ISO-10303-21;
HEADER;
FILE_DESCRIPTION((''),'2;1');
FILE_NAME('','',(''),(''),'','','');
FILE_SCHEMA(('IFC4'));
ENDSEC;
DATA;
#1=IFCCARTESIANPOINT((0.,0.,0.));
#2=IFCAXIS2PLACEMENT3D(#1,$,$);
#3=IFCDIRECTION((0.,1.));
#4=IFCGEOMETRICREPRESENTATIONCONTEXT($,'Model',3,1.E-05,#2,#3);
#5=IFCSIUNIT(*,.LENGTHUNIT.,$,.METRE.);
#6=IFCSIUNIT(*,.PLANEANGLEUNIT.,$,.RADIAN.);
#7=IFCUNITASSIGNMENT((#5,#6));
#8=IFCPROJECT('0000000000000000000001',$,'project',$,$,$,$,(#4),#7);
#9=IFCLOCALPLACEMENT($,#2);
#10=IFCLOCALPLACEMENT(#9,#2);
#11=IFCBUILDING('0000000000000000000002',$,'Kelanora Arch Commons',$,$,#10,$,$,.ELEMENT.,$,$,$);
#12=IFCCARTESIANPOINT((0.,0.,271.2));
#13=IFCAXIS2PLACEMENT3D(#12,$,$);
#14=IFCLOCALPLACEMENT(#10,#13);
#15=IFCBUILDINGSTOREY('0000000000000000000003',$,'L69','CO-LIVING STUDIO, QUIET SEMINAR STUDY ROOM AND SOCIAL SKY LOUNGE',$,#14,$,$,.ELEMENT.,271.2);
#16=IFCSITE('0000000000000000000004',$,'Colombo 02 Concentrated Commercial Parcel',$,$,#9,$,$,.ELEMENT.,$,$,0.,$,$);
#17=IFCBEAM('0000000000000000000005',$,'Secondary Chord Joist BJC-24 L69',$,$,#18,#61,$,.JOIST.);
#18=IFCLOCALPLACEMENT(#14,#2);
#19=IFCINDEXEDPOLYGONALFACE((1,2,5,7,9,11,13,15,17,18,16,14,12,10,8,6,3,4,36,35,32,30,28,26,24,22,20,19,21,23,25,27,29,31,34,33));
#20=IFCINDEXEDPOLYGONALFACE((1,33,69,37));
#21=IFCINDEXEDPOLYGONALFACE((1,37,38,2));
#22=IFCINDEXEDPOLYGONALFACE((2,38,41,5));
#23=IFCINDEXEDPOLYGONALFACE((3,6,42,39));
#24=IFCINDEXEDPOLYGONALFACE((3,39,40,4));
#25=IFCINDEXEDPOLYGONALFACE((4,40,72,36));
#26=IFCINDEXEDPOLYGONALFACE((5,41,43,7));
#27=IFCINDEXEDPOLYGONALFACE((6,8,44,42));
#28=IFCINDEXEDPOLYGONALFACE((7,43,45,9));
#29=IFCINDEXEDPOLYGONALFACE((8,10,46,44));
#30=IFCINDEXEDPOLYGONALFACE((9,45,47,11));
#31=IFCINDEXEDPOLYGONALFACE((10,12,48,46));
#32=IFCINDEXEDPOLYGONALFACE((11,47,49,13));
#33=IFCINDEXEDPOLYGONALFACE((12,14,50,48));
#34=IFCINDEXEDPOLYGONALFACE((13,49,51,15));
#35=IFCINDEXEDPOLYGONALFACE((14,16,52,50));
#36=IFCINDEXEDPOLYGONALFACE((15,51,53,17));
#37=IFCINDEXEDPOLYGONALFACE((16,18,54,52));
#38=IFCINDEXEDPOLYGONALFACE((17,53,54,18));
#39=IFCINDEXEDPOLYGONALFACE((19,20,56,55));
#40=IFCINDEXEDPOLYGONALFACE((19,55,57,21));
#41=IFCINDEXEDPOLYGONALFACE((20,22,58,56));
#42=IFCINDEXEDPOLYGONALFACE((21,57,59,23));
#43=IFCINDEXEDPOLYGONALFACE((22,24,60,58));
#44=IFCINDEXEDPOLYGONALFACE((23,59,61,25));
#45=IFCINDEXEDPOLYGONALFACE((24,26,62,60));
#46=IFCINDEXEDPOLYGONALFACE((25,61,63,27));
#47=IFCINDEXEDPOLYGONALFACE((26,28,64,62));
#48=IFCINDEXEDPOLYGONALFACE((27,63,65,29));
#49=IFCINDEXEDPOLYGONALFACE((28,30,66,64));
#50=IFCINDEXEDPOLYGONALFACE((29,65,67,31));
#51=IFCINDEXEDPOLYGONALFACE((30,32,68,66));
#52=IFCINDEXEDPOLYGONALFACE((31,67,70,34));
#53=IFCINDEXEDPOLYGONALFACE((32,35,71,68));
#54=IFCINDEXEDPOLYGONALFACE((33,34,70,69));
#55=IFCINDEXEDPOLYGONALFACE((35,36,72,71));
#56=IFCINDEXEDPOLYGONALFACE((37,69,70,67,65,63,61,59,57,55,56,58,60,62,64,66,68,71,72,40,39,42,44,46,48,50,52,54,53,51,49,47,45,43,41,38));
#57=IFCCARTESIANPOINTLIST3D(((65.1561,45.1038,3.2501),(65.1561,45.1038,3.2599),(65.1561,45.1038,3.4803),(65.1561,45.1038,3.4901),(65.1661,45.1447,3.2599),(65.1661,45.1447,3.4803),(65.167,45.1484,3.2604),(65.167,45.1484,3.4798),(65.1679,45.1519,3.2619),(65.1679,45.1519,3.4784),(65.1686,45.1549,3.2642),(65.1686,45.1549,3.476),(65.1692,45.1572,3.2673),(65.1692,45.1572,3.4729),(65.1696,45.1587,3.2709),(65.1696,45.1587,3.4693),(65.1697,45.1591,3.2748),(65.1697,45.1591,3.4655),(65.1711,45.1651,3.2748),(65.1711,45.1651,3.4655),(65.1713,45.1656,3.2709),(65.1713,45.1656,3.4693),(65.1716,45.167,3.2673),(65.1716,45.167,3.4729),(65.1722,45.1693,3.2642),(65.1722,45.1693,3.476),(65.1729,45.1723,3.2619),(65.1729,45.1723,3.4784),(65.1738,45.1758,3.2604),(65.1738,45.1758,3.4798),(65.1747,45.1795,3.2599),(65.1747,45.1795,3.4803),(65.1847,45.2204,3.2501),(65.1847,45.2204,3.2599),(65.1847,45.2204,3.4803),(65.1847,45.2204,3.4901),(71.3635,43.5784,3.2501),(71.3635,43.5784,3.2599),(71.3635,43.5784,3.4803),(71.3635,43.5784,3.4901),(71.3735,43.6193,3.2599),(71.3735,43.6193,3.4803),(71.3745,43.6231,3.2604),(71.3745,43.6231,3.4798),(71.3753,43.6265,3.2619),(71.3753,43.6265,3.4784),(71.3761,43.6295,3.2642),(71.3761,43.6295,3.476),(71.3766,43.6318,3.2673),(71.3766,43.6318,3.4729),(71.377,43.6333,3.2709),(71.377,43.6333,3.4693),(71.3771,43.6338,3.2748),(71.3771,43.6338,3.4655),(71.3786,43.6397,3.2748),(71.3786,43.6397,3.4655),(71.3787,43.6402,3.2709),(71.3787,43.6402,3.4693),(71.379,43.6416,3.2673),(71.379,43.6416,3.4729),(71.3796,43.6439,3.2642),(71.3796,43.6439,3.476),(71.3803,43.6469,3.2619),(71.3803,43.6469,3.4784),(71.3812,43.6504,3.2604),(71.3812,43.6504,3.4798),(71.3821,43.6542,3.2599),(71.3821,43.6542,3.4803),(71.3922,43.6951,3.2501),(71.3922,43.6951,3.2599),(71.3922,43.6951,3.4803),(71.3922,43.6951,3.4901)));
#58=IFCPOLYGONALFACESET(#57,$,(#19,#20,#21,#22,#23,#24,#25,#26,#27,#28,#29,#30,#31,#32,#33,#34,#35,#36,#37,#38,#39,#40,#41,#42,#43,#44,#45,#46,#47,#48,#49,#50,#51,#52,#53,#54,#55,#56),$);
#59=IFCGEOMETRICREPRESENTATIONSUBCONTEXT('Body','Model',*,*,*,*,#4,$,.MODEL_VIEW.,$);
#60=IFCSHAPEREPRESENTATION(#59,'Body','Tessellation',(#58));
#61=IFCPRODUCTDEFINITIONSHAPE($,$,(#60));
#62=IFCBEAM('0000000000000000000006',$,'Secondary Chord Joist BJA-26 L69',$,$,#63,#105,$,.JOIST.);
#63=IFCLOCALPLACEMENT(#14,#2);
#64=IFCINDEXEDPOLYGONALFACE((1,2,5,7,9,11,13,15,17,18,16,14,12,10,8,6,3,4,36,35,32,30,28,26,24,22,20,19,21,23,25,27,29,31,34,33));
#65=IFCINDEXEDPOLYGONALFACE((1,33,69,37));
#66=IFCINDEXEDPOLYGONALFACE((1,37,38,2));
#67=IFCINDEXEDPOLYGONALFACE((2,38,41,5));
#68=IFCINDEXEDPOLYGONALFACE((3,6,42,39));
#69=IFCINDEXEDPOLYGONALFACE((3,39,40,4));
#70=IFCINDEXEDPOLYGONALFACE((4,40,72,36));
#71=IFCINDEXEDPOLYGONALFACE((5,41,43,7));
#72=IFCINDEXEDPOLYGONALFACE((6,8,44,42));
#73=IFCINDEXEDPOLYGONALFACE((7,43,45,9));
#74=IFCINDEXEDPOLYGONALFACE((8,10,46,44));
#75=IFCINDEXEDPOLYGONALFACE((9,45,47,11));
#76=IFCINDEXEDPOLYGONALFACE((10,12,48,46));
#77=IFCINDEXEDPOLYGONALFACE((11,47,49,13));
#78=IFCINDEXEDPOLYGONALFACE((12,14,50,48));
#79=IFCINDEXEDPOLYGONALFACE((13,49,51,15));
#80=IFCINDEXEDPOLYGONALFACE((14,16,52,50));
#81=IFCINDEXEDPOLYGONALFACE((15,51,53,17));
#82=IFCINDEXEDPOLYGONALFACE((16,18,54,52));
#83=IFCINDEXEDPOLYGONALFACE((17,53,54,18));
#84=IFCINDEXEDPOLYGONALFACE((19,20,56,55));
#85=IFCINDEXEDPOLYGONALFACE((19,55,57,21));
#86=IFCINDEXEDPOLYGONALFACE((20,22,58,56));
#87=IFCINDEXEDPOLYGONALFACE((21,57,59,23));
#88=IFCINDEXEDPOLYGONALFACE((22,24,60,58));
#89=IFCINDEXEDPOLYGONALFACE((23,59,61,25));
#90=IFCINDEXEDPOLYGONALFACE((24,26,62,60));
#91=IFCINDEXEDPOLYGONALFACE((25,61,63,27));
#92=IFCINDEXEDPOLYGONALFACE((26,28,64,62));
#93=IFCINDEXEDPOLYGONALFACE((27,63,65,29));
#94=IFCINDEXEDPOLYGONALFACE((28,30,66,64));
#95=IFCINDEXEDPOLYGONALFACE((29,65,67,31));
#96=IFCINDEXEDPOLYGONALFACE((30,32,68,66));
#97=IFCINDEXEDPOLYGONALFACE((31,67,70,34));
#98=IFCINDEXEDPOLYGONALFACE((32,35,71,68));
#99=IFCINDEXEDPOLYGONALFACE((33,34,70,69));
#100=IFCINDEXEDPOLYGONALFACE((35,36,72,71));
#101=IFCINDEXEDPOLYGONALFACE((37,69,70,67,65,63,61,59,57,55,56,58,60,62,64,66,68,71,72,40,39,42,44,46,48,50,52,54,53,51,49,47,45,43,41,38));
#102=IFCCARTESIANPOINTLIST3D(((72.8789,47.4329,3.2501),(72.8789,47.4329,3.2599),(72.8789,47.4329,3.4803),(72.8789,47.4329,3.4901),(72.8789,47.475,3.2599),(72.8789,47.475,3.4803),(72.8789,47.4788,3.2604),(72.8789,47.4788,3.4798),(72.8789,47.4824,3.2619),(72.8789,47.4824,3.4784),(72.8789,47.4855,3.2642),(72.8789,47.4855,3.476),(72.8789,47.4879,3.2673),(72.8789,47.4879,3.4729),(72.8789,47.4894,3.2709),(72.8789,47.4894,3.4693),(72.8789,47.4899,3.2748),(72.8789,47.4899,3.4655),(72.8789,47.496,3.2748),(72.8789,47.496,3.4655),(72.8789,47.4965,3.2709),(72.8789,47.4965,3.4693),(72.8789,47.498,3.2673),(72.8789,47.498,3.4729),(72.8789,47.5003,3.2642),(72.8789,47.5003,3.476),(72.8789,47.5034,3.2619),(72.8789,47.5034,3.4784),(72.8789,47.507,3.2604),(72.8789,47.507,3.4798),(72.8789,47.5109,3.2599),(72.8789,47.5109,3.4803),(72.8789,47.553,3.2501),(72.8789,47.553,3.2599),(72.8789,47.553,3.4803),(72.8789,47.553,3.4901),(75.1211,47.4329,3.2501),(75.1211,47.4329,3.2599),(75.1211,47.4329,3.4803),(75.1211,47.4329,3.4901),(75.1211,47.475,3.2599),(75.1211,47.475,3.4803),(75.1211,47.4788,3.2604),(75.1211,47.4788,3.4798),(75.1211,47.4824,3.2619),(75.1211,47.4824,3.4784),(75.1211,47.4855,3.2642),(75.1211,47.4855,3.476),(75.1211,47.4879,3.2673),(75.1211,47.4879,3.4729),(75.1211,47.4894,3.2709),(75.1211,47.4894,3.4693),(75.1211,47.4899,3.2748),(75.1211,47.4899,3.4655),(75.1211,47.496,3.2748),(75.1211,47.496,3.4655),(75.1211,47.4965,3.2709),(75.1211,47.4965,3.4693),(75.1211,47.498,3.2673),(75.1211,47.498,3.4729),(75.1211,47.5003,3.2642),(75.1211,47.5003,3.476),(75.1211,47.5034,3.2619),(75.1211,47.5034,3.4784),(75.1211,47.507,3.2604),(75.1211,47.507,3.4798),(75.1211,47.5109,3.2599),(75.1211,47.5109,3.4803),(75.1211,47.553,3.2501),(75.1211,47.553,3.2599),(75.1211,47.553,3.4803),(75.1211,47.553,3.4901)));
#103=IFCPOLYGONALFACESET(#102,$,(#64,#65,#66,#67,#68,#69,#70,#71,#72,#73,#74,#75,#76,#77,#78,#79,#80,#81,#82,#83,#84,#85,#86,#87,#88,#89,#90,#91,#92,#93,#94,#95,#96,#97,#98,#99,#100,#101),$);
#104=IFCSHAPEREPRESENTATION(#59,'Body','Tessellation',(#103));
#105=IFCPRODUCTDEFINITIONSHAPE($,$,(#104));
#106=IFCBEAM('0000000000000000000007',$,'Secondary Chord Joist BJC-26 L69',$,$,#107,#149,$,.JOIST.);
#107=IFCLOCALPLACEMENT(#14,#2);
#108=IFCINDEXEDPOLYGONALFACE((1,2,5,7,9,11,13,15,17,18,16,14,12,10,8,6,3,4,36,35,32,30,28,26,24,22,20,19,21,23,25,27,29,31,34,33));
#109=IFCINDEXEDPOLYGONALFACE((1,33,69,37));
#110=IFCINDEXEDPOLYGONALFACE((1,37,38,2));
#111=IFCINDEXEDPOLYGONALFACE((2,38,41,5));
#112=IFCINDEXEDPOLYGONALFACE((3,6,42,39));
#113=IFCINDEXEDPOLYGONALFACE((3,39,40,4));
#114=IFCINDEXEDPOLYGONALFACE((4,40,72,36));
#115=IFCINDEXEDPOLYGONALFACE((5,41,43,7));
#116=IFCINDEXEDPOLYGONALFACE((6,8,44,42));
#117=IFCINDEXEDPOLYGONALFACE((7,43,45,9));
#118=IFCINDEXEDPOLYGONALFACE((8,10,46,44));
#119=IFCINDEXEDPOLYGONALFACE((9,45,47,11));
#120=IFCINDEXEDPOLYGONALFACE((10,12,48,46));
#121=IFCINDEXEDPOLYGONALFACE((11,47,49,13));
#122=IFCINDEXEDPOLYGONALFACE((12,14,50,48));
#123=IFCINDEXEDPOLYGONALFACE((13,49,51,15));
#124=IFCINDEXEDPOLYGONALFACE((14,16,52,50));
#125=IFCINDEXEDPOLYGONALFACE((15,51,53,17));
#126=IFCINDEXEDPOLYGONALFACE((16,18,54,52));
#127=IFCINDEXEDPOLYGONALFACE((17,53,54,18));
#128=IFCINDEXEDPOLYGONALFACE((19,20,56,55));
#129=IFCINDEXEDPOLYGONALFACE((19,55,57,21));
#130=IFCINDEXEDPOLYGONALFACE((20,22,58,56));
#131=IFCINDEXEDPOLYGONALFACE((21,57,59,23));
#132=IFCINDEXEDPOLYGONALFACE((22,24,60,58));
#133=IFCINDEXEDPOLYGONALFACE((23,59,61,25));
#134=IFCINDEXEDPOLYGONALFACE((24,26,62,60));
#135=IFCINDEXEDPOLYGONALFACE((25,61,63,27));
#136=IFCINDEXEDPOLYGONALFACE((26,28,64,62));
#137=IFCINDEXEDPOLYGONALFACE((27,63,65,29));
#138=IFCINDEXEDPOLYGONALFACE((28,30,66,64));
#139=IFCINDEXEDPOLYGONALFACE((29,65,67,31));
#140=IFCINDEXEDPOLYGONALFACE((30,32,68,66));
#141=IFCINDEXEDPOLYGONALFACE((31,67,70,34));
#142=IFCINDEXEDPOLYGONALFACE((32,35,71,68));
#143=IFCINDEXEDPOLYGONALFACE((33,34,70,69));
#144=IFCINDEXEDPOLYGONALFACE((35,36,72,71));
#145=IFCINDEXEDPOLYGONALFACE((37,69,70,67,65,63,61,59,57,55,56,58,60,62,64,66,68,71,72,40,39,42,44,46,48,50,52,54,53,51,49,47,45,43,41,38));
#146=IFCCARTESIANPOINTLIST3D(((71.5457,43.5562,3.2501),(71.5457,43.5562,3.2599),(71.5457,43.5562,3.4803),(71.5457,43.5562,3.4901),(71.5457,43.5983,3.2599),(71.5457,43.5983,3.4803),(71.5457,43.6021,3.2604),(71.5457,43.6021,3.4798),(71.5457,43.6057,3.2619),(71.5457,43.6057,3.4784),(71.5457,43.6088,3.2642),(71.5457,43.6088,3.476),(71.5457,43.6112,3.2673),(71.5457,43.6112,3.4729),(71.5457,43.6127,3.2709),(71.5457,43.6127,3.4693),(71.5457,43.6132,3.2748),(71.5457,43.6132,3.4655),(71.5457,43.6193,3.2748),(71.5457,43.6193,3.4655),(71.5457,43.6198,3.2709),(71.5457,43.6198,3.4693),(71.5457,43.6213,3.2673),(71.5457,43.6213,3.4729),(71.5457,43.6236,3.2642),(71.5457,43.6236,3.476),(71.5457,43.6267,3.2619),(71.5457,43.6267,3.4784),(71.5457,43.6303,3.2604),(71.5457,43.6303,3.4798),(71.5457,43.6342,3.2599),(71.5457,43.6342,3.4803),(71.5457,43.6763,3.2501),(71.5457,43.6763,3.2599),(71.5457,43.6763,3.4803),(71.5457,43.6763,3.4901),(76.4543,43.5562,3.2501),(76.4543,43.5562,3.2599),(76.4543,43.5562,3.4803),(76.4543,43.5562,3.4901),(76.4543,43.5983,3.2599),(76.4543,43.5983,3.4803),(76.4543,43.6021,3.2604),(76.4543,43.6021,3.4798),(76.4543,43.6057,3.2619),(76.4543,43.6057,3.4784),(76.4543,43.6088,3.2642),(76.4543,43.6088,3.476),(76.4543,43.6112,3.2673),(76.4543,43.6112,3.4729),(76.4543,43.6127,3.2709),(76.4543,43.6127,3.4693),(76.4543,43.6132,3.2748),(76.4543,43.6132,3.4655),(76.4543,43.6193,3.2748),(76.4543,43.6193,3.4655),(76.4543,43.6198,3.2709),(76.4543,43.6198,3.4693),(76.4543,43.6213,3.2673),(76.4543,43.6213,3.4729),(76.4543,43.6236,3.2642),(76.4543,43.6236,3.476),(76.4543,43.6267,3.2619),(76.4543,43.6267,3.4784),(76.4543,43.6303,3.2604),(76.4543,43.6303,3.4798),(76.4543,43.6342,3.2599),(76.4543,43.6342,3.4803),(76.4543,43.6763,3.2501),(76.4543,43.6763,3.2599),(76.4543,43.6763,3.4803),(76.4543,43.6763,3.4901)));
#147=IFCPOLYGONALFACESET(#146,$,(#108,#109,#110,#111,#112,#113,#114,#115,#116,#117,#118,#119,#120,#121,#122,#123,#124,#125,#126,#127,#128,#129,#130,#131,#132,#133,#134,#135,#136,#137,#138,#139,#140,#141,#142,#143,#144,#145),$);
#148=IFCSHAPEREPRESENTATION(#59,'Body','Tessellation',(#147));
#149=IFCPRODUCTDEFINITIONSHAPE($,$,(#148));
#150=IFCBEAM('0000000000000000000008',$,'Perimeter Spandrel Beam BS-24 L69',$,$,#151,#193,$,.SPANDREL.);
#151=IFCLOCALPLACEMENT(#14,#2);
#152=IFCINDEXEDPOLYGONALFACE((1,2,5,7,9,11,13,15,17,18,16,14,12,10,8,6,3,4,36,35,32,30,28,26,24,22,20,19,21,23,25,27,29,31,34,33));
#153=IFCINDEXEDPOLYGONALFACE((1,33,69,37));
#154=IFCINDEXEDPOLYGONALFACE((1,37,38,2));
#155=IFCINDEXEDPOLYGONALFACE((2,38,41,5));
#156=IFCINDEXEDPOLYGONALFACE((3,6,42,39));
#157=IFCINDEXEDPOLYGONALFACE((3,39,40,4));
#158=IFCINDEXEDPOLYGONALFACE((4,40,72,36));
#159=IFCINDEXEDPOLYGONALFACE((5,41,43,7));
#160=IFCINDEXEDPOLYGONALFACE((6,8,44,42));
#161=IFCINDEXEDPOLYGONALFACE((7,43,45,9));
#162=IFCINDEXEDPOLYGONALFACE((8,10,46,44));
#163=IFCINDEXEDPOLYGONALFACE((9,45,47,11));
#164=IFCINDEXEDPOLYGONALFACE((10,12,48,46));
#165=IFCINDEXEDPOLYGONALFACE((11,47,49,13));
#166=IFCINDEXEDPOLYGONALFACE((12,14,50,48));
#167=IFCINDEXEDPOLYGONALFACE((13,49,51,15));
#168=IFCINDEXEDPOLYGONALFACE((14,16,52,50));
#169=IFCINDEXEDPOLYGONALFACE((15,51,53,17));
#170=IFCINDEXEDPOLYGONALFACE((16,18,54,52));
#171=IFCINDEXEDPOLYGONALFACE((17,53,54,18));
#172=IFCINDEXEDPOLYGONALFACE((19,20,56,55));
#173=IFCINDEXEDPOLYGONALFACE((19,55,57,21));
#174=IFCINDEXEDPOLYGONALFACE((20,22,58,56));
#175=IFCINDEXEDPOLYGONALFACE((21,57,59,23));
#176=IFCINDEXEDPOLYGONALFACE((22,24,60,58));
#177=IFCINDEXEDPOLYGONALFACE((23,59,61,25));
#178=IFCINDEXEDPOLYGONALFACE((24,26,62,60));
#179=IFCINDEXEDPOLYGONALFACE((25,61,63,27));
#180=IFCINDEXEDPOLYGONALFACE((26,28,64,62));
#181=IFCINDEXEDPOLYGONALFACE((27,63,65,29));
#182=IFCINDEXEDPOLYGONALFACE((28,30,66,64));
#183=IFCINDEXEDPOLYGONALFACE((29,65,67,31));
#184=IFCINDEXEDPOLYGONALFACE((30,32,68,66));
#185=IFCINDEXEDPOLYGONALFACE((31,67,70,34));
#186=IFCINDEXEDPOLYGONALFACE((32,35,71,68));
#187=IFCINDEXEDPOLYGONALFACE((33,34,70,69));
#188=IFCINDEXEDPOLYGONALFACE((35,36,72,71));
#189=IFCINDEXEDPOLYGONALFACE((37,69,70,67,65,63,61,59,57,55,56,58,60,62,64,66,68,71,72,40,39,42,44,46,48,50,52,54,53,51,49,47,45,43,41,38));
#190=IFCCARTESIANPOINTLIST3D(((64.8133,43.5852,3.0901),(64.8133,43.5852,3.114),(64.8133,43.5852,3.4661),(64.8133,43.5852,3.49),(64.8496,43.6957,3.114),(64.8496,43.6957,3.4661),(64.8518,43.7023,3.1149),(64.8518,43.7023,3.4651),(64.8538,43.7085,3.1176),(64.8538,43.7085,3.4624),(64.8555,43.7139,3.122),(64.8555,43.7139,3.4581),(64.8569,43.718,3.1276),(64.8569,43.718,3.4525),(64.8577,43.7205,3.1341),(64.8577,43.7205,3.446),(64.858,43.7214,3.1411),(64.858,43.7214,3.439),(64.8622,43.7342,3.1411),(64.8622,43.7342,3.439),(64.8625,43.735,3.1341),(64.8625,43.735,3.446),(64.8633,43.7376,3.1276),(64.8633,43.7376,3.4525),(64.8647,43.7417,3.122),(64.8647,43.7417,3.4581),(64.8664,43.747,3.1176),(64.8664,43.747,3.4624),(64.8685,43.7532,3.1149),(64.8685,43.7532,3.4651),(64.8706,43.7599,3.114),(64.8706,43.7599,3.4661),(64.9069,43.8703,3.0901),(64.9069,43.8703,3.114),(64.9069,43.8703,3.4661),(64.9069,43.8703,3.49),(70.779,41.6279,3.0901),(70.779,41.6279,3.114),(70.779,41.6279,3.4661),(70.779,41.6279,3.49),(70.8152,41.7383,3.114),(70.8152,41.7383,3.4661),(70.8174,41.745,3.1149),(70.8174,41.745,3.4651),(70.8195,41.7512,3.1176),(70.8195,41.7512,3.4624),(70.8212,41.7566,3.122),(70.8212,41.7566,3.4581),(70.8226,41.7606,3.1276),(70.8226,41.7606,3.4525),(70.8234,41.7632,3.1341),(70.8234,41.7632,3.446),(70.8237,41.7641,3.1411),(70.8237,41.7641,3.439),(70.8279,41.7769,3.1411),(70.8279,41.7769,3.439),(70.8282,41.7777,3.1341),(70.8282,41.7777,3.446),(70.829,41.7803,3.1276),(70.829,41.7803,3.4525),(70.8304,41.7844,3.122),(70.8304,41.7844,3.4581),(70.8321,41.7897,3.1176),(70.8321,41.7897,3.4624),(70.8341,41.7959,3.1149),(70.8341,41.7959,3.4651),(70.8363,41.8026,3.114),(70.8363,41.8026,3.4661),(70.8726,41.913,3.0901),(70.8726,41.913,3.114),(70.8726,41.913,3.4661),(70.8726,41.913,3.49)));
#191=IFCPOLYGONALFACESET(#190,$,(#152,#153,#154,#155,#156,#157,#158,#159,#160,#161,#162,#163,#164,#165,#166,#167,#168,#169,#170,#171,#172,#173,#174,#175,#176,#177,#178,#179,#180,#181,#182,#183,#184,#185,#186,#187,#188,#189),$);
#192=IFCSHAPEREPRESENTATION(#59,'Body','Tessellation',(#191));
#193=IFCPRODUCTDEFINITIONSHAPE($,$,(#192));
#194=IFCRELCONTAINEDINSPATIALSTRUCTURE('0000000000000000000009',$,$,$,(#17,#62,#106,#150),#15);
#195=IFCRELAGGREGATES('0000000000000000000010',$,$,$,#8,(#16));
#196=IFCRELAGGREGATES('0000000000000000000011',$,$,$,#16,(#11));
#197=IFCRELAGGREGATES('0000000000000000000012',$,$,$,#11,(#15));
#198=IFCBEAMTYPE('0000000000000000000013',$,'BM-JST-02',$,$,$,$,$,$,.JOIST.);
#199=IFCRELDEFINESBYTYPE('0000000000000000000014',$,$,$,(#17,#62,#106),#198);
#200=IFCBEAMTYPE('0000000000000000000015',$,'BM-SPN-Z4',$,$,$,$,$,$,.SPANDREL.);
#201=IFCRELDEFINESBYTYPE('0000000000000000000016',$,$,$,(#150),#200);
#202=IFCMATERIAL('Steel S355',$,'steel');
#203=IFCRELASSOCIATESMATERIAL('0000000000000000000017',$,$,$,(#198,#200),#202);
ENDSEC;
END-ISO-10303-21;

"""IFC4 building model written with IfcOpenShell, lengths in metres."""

from ifc_helpers import new_model, si_unit, direction, frame, origin, origin_2d, place, context, subcontext, project, spatial, i_section, extrude, material, material_profile, profile_set, type_object, element, save


model = new_model("IFC4")

# Units and contexts
model_context = context("Model", 3, precision=1e-05, world=origin(), true_north=direction((0.0, 1.0)))
body_context = subcontext(model_context, "Body", "Model", "MODEL_VIEW")
ifc_project = project(units=[si_unit("LENGTHUNIT", "METRE"), si_unit("PLANEANGLEUNIT", "RADIAN")], contexts=[model_context])

# Site, building, storey
site_placement = place(None, origin())
site = spatial("IfcSite", under=ifc_project, at=site_placement, Name="Colombo 02 Concentrated Commercial Parcel", CompositionType="ELEMENT", RefElevation=0.0)
building_placement = place(site_placement, origin())
building = spatial("IfcBuilding", under=site, at=building_placement, Name="Kelanora Arch Commons", CompositionType="ELEMENT")
storey_placement = place(building_placement, frame((0.0, 0.0, 271.2)))
storey = spatial("IfcBuildingStorey", under=building, at=storey_placement, Name="L69", Description="CO-LIVING STUDIO, QUIET SEMINAR STUDY ROOM AND SOCIAL SKY LOUNGE", CompositionType="ELEMENT", Elevation=271.2)

# Beams
ifc_material_1 = material(Name="Steel S355", Category="steel")
ifc_material_profile_1 = material_profile(ifc_material_1, i_section(OverallWidth=0.1201, OverallDepth=0.24, WebThickness=0.0061, FlangeThickness=0.0098, FilletRadius=0.0149, at=origin_2d()), Name="IPE240")
ifc_profile_set_1 = profile_set([ifc_material_profile_1], Name="Steel S355")
beam_type_1 = type_object("IfcBeamType", Name="BM-JST-02", PredefinedType="JOIST", material=ifc_profile_set_1)
beam_1_placement = place(storey_placement, frame((65.1704, 45.1621, 3.3701), z_axis=(0.97111, -0.238633, 0.0), x_axis=(0.238633, 0.97111, 0.0)))
element("IfcBeam", 1, at=beam_1_placement, inside=storey, type_object=beam_type_1, Name="Secondary Chord Joist BJC-24 L69", PredefinedType="JOIST", context=body_context, shape_type="SweptSolid", body=[
    extrude(i_section(OverallWidth=0.1201, OverallDepth=0.24, WebThickness=0.0061, FlangeThickness=0.0098, FilletRadius=0.0149, at=origin_2d()), origin(), (0.0, 0.0, 1.0), 6.3921),
])
beam_2_placement = place(storey_placement, frame((72.8789, 47.4929, 3.3701), z_axis=(1.0, 0.0, 0.0), x_axis=(0.0, 1.0, 0.0)))
element("IfcBeam", 2, at=beam_2_placement, inside=storey, type_object=beam_type_1, Name="Secondary Chord Joist BJA-26 L69", PredefinedType="JOIST", context=body_context, shape_type="SweptSolid", body=[
    extrude(i_section(OverallWidth=0.1201, OverallDepth=0.24, WebThickness=0.0061, FlangeThickness=0.0098, FilletRadius=0.0149, at=origin_2d()), origin(), (0.0, 0.0, 1.0), 2.2422),
])
beam_3_placement = place(storey_placement, frame((71.5457, 43.6162, 3.3701), z_axis=(1.0, 0.0, 0.0), x_axis=(0.0, 1.0, 0.0)))
element("IfcBeam", 3, at=beam_3_placement, inside=storey, type_object=beam_type_1, Name="Secondary Chord Joist BJC-26 L69", PredefinedType="JOIST", context=body_context, shape_type="SweptSolid", body=[
    extrude(i_section(OverallWidth=0.1201, OverallDepth=0.24, WebThickness=0.0061, FlangeThickness=0.0098, FilletRadius=0.0149, at=origin_2d()), origin(), (0.0, 0.0, 1.0), 4.9087),
])
ifc_material_profile_2 = material_profile(ifc_material_1, i_section(OverallWidth=0.3, OverallDepth=0.3999, WebThickness=0.0134, FlangeThickness=0.0239, FilletRadius=0.0271, at=origin_2d()), Name="HEB400")
ifc_profile_set_2 = profile_set([ifc_material_profile_2], Name="Steel S355")
beam_type_2 = type_object("IfcBeamType", Name="BM-SPN-Z4", PredefinedType="SPANDREL", material=ifc_profile_set_2)
beam_4_placement = place(storey_placement, frame((64.8601, 43.7278, 3.29), z_axis=(0.950166, -0.311745, 0.0), x_axis=(0.311745, 0.950166, 0.0)))
element("IfcBeam", 4, at=beam_4_placement, inside=storey, type_object=beam_type_2, Name="Perimeter Spandrel Beam BS-24 L69", PredefinedType="SPANDREL", context=body_context, shape_type="SweptSolid", body=[
    extrude(i_section(OverallWidth=0.3, OverallDepth=0.3999, WebThickness=0.0134, FlangeThickness=0.0239, FilletRadius=0.0271, at=origin_2d()), origin(), (0.0, 0.0, 1.0), 6.2786),
])

save(model, "model.ifc")
